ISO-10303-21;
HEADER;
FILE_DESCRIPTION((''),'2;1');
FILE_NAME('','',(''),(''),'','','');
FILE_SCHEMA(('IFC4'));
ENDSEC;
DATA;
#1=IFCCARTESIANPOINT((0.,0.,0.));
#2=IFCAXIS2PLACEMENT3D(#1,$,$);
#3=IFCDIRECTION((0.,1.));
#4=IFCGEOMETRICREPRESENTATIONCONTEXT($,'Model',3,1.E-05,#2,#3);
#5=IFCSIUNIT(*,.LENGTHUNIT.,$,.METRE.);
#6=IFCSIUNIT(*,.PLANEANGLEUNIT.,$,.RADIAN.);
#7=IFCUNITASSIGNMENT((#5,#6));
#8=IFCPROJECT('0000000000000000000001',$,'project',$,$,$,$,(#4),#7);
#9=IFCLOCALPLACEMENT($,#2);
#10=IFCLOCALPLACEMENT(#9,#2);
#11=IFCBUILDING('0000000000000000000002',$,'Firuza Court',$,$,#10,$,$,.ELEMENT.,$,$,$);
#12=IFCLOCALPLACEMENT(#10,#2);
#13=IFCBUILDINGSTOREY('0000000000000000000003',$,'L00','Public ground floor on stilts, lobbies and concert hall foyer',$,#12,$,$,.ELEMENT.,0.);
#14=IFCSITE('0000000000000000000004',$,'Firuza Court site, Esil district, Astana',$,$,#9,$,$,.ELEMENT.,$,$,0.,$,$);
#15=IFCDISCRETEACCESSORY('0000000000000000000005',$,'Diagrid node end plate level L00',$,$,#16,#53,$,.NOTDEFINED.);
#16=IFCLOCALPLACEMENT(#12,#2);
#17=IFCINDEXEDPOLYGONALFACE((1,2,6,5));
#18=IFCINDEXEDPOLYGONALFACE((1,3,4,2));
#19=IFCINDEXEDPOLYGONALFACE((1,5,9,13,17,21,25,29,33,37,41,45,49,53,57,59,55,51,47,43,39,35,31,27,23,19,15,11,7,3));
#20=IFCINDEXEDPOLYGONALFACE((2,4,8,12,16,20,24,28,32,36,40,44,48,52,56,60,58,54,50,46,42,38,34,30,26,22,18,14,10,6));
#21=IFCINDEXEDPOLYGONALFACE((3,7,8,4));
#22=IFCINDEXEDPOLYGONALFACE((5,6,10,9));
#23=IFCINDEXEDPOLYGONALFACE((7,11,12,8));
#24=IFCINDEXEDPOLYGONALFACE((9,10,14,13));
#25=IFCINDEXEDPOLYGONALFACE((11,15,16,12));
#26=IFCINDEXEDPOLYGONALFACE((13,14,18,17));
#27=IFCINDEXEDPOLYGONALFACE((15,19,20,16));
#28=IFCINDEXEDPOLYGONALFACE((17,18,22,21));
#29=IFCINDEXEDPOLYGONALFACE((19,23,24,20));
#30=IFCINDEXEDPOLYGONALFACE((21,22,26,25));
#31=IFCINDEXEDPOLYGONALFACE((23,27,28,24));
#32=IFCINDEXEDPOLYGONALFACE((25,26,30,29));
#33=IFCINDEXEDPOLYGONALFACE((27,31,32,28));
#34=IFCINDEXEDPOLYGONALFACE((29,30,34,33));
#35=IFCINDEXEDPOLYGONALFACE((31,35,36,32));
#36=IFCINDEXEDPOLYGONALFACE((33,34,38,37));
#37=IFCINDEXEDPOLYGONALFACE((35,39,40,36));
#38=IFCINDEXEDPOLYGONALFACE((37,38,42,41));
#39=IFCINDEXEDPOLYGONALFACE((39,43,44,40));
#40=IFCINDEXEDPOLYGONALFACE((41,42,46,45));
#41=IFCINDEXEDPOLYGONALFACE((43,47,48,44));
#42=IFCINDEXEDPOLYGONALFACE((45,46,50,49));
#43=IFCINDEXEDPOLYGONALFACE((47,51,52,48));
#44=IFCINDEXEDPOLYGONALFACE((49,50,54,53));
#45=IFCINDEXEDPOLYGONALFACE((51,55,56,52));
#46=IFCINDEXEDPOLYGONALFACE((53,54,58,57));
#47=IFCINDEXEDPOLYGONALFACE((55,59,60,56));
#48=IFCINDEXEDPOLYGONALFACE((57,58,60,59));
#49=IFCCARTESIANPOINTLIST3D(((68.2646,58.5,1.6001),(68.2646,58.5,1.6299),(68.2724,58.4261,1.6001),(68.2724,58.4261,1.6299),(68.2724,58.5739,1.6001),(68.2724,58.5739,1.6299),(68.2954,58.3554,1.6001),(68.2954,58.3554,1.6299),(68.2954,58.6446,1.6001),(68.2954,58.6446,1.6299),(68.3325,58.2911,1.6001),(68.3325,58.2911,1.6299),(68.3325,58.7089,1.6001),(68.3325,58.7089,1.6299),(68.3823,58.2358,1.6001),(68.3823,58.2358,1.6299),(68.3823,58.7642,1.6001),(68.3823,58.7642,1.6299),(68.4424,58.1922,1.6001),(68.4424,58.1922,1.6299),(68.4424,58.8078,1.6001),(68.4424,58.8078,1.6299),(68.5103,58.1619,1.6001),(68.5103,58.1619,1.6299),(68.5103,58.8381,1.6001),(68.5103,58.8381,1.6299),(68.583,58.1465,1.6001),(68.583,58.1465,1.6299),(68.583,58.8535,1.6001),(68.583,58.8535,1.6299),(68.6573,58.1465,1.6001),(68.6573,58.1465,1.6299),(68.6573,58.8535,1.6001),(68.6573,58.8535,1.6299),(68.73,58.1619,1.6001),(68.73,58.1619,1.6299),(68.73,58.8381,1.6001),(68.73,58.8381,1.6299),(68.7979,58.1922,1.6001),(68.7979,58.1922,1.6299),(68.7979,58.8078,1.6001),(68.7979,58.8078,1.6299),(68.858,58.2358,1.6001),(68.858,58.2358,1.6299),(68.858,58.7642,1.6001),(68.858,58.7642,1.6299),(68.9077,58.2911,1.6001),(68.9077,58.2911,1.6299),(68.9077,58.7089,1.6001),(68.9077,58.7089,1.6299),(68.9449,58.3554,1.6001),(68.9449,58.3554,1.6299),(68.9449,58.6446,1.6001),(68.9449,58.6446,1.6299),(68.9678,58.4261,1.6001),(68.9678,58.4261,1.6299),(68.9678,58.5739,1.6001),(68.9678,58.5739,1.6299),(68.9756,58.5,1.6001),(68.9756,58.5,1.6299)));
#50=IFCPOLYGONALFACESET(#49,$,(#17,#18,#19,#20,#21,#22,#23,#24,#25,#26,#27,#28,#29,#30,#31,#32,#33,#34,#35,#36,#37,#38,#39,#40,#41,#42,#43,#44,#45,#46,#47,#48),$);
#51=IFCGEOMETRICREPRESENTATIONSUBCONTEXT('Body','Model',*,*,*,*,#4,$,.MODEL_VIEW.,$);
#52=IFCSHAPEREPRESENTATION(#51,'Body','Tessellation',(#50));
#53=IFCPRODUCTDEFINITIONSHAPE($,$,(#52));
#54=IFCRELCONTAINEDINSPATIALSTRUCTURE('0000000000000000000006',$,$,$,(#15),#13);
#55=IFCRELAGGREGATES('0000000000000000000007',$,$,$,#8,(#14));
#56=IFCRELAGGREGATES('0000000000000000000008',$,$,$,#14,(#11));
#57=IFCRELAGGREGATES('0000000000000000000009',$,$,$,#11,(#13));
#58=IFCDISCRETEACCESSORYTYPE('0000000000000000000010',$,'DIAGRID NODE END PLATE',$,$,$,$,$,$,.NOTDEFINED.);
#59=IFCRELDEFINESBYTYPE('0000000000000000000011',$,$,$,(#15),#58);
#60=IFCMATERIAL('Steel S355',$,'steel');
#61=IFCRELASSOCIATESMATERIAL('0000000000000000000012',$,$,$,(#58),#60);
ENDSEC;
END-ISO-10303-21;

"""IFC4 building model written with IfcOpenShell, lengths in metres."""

from ifc_helpers import new_model, si_unit, direction, frame, origin, origin_2d, place, context, subcontext, project, spatial, circle, extrude, material, material_profile, profile_set, type_object, element, save


model = new_model("IFC4")

# Units and contexts
model_context = context("Model", 3, precision=1e-05, world=origin(), true_north=direction((0.0, 1.0)))
body_context = subcontext(model_context, "Body", "Model", "MODEL_VIEW")
ifc_project = project(units=[si_unit("LENGTHUNIT", "METRE"), si_unit("PLANEANGLEUNIT", "RADIAN")], contexts=[model_context])

# Site, building, storey
site_placement = place(None, origin())
site = spatial("IfcSite", under=ifc_project, at=site_placement, Name="Firuza Court site, Esil district, Astana", CompositionType="ELEMENT", RefElevation=0.0)
building_placement = place(site_placement, origin())
building = spatial("IfcBuilding", under=site, at=building_placement, Name="Firuza Court", CompositionType="ELEMENT")
storey_placement = place(building_placement, origin())
storey = spatial("IfcBuildingStorey", under=building, at=storey_placement, Name="L00", Description="Public ground floor on stilts, lobbies and concert hall foyer", CompositionType="ELEMENT", Elevation=0.0)

# Discrete accessory
ifc_material_1 = material(Name="Steel S355", Category="steel")
ifc_material_profile_1 = material_profile(ifc_material_1, circle(Radius=0.3555, at=origin_2d()), Name="PL D711")
ifc_profile_set_1 = profile_set([ifc_material_profile_1], Name="Steel S355")
discrete_accessory_type = type_object("IfcDiscreteAccessoryType", Name="DIAGRID NODE END PLATE", PredefinedType="NOTDEFINED", material=ifc_profile_set_1)
discrete_accessory_placement = place(storey_placement, frame((68.6201, 58.5, 1.6001), z_axis=(0.0, 0.0, 1.0), x_axis=(1.0, 0.0, 0.0)))
element("IfcDiscreteAccessory", 1, at=discrete_accessory_placement, inside=storey, type_object=discrete_accessory_type, Name="Diagrid node end plate level L00", PredefinedType="NOTDEFINED", context=body_context, shape_type="SweptSolid", body=[
    extrude(circle(Radius=0.3555, at=origin_2d()), origin(), (0.0, 0.0, 1.0), 0.0298),
])

save(model, "model.ifc")
